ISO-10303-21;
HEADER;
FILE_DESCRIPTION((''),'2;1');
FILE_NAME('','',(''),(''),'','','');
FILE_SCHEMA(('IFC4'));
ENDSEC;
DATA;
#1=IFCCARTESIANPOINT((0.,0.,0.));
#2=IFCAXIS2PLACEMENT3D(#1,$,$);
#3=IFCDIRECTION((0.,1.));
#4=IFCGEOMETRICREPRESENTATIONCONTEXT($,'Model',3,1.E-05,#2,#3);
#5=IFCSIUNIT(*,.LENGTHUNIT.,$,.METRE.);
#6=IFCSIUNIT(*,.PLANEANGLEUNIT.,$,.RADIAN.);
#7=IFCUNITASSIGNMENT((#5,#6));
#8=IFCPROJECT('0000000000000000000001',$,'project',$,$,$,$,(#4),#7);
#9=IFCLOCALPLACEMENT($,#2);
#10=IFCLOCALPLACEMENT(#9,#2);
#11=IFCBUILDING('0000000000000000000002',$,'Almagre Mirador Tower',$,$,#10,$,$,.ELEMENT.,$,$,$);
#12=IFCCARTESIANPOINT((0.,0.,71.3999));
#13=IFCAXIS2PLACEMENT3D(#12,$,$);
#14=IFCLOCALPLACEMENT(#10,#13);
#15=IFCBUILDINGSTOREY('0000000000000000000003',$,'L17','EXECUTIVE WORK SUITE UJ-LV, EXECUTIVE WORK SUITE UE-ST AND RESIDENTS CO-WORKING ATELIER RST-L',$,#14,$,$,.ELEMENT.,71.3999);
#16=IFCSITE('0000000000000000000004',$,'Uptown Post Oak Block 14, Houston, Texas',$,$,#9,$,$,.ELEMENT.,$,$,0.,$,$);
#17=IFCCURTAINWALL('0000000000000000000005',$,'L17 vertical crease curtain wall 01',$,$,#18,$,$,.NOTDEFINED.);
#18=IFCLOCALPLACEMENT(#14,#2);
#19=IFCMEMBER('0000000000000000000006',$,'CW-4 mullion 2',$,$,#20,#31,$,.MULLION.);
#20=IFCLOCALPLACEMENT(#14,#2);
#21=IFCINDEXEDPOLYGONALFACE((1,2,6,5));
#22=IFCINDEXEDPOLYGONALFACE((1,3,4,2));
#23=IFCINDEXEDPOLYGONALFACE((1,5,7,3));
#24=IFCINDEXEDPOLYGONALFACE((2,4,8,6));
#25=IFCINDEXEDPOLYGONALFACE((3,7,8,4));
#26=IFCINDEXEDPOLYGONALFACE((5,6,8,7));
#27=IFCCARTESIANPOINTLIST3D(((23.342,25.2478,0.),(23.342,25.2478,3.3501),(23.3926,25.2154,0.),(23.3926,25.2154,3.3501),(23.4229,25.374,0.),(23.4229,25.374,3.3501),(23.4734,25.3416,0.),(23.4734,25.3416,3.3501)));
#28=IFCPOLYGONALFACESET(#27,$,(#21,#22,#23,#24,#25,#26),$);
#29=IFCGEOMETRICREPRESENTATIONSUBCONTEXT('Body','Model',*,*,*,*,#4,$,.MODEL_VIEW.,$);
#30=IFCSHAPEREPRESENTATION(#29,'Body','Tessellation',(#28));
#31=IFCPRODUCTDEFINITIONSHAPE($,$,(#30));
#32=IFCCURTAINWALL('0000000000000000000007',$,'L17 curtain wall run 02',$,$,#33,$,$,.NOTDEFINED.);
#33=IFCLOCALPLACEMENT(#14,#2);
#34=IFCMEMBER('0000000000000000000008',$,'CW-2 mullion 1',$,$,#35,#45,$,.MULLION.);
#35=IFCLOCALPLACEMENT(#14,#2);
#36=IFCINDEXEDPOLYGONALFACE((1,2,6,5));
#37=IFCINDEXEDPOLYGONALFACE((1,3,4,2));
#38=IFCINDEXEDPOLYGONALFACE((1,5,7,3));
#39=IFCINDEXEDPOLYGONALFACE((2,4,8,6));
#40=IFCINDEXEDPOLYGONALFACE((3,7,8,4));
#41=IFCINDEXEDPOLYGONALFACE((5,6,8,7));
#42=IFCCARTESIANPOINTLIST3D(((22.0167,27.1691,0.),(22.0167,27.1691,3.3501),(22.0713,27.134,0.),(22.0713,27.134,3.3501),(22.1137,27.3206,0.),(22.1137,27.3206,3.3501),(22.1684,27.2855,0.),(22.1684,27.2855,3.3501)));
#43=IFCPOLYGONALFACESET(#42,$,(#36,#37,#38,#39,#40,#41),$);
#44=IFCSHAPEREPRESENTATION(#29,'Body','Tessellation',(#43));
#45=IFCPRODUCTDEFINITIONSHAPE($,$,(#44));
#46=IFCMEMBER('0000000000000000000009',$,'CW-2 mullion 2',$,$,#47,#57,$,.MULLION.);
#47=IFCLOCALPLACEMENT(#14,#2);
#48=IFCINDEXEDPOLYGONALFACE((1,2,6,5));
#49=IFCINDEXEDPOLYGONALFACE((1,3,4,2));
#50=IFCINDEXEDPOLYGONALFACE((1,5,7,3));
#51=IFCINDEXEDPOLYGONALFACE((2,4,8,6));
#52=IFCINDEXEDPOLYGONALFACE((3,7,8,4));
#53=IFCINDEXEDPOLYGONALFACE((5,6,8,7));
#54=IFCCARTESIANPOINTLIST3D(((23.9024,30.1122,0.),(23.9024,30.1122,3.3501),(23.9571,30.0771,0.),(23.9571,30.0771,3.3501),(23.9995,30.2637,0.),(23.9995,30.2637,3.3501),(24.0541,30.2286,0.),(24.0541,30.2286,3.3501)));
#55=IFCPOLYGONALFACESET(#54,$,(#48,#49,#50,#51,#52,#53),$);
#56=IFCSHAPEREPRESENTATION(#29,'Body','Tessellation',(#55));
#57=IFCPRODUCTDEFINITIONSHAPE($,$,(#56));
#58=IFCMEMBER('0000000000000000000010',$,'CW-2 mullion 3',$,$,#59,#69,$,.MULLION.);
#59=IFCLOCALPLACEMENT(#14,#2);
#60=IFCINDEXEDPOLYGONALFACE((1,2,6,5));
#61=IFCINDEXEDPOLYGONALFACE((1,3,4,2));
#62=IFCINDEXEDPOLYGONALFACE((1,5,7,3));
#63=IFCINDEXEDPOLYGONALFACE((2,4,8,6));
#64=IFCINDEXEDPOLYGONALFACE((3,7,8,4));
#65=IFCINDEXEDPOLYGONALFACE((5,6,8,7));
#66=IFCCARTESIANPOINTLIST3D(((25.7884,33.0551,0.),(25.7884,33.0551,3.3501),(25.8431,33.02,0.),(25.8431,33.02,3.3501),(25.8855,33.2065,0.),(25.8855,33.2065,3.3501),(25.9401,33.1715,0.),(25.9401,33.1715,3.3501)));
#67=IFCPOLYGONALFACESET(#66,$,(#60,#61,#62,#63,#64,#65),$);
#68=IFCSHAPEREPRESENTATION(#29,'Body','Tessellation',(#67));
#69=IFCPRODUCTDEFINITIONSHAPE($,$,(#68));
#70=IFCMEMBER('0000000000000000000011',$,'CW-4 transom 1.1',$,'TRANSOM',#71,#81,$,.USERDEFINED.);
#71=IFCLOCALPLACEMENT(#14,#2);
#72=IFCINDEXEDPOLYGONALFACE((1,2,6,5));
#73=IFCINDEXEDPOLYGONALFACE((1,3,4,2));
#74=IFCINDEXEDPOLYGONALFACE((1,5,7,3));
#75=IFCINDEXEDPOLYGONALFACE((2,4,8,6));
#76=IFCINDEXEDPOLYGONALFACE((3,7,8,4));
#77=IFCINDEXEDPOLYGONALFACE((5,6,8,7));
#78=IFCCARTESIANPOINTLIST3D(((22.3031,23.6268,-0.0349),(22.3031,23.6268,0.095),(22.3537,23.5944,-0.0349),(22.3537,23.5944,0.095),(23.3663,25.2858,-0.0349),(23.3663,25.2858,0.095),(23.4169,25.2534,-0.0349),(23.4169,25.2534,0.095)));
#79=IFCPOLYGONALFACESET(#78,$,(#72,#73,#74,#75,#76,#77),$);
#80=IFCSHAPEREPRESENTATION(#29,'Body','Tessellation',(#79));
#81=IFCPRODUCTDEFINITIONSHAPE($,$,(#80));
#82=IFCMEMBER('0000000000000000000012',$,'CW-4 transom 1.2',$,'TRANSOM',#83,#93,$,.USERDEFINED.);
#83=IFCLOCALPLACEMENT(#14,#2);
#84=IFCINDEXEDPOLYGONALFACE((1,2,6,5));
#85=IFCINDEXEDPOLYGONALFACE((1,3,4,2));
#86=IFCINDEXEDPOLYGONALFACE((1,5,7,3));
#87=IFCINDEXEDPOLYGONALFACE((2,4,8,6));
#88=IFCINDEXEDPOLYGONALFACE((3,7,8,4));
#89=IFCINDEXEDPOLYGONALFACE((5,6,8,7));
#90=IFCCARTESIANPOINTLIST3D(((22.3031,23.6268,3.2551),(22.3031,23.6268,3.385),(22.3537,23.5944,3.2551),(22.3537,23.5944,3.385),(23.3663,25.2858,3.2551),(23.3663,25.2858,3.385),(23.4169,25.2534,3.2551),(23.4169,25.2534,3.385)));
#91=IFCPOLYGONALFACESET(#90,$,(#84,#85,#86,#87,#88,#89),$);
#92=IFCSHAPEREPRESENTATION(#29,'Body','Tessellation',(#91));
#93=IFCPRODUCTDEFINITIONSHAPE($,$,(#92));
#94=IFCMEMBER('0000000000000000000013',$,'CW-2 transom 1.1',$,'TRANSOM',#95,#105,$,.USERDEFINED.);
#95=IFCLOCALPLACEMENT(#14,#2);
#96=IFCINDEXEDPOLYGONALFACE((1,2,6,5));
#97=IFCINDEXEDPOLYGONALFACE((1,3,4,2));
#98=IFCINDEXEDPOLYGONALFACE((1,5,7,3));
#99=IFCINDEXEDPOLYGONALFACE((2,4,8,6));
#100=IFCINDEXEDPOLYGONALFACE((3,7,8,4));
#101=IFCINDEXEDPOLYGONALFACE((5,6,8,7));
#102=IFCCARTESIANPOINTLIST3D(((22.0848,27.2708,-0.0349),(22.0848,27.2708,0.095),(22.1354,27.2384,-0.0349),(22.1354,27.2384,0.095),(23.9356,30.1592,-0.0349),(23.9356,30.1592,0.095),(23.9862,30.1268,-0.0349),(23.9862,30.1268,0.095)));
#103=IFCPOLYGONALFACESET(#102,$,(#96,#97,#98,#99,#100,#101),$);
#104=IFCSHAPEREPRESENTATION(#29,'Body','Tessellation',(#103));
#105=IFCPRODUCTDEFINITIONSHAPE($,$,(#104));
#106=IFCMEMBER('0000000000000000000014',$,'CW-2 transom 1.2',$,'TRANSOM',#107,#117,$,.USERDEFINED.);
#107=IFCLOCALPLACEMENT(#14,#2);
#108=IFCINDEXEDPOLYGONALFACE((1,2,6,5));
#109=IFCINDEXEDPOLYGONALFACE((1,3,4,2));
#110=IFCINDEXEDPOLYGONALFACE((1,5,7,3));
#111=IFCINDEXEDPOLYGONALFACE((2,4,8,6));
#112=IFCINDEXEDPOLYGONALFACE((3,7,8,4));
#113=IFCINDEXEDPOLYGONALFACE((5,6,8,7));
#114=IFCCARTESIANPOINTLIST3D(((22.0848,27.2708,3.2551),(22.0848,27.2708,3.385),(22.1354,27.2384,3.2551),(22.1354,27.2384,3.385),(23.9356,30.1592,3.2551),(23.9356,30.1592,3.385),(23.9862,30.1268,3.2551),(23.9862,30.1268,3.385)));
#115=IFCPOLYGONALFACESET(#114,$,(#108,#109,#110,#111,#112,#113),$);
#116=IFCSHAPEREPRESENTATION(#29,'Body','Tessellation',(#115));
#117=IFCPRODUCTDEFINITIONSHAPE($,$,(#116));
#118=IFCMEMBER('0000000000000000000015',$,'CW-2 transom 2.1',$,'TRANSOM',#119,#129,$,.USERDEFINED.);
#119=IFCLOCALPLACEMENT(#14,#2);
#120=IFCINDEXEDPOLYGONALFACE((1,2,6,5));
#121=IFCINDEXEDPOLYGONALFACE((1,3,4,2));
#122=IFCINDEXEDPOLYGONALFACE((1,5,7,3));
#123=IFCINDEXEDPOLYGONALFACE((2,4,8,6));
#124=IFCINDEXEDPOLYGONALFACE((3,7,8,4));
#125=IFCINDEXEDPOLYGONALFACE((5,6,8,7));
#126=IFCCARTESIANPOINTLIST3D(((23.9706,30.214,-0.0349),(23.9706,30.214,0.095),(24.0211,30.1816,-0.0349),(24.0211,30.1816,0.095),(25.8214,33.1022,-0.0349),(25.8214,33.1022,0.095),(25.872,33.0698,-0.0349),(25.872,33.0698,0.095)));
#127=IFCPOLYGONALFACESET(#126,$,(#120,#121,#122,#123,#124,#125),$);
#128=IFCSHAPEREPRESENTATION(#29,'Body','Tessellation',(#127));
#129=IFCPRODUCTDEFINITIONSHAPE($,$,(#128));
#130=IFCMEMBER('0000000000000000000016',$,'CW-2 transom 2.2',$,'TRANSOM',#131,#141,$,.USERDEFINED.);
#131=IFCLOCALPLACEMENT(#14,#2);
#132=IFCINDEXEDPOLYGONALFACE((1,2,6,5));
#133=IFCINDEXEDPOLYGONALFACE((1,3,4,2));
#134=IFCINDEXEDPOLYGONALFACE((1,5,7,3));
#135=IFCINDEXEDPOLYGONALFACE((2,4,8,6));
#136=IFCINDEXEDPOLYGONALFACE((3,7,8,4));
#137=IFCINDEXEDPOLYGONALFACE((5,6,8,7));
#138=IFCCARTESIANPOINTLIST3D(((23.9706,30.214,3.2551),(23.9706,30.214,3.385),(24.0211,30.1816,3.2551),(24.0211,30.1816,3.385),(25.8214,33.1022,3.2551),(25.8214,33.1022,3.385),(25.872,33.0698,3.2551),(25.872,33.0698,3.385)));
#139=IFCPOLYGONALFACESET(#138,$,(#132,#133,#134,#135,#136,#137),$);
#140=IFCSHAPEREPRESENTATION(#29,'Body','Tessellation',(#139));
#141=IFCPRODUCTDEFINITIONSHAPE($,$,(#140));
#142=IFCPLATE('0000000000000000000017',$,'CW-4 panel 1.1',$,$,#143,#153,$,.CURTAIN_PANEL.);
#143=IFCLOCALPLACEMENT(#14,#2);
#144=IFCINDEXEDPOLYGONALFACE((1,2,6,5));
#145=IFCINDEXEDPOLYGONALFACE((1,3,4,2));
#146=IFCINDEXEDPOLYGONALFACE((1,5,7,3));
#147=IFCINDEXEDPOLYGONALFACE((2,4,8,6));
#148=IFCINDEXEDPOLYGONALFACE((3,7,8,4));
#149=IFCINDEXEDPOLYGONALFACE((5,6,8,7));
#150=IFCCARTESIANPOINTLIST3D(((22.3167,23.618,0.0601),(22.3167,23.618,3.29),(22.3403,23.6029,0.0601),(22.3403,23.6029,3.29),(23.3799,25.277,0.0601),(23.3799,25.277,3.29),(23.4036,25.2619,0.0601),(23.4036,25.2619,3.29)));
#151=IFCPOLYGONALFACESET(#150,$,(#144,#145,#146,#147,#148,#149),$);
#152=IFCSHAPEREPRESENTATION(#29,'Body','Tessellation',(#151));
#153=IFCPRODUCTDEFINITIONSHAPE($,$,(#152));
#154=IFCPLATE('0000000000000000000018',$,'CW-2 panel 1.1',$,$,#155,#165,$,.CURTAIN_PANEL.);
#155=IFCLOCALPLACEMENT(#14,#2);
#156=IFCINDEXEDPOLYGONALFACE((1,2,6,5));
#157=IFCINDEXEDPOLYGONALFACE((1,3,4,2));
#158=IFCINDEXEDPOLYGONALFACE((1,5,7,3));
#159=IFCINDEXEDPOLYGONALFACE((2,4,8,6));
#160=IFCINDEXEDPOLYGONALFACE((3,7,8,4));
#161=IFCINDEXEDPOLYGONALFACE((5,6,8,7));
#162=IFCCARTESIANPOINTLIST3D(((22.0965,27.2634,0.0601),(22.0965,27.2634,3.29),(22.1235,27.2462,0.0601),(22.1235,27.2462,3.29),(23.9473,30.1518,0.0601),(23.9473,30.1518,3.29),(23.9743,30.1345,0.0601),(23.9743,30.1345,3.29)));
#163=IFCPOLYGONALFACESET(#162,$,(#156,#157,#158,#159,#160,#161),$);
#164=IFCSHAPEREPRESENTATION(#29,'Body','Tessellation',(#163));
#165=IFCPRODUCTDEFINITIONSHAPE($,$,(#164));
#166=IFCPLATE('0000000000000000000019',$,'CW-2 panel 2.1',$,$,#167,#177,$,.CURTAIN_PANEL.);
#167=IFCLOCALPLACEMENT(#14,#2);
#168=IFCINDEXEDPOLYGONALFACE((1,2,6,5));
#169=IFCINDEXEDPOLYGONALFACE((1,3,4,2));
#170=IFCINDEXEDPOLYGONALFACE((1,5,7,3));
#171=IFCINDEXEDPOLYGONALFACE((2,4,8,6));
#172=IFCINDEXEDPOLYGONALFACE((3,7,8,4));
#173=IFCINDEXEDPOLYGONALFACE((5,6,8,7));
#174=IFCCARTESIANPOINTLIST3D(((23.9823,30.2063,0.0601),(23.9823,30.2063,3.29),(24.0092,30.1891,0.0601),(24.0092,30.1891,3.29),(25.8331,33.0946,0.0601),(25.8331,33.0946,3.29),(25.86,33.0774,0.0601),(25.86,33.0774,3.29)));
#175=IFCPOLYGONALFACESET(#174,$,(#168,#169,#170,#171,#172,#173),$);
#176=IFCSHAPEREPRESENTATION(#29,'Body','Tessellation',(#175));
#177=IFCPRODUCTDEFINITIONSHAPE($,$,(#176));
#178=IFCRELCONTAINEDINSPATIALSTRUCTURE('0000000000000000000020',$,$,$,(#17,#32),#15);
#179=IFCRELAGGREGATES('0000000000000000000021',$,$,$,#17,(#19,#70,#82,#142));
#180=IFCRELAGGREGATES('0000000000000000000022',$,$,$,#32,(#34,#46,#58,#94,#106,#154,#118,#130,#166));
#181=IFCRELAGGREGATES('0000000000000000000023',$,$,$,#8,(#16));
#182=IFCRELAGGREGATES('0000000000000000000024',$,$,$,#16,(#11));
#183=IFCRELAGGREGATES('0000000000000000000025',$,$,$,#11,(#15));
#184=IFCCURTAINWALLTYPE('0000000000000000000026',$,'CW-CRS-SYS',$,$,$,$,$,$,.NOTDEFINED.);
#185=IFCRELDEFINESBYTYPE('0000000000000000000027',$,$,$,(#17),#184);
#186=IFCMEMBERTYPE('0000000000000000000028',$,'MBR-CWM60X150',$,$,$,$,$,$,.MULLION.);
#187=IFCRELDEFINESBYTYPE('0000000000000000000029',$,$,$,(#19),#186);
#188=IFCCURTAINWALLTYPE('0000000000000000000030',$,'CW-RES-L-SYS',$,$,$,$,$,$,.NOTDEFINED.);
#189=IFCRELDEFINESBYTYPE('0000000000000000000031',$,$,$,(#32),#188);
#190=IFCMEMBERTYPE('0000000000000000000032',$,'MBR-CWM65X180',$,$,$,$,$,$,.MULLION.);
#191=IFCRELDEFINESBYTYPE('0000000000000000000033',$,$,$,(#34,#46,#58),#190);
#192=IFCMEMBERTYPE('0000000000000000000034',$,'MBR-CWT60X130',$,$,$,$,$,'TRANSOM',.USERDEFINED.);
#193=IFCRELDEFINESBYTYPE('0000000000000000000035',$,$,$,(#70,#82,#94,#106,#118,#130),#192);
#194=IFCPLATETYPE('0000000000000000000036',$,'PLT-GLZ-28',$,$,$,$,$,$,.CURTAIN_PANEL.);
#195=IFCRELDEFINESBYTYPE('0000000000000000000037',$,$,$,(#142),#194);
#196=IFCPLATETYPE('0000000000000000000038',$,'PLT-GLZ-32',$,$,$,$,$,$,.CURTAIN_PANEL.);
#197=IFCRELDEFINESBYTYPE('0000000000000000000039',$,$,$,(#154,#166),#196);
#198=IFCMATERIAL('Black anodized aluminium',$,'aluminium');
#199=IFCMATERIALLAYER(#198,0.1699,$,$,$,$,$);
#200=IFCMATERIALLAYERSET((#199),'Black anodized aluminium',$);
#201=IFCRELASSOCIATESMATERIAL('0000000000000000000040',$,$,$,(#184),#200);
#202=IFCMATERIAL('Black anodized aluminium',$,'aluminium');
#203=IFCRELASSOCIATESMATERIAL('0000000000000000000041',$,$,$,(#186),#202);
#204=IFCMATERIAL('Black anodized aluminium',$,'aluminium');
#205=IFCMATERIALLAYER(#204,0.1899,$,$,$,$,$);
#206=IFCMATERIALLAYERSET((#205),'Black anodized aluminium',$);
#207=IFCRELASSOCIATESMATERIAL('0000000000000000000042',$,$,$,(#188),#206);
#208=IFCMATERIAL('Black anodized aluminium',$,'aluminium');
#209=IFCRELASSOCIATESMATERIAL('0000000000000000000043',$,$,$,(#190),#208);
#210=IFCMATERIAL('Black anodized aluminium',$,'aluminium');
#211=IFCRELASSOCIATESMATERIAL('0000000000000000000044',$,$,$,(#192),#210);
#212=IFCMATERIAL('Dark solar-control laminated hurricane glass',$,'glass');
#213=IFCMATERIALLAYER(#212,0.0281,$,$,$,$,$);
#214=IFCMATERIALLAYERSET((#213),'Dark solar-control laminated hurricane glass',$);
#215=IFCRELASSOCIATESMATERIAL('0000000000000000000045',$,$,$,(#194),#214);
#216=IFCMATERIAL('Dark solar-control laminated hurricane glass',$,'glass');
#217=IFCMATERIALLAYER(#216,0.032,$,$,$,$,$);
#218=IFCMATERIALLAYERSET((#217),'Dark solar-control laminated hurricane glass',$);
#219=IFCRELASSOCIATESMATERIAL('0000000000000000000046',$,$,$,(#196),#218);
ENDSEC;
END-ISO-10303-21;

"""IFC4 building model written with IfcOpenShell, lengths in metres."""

from ifc_helpers import new_model, si_unit, direction, frame, origin, origin_2d, place, context, subcontext, project, spatial, rectangle, extrude, material, layer, layer_set, material_profile, profile_set, type_object, element, aggregate, save


model = new_model("IFC4")

# Units and contexts
model_context = context("Model", 3, precision=1e-05, world=origin(), true_north=direction((0.0, 1.0)))
body_context = subcontext(model_context, "Body", "Model", "MODEL_VIEW")
ifc_project = project(units=[si_unit("LENGTHUNIT", "METRE"), si_unit("PLANEANGLEUNIT", "RADIAN")], contexts=[model_context])

# Site, building, storey
site_placement = place(None, origin())
site = spatial("IfcSite", under=ifc_project, at=site_placement, Name="Uptown Post Oak Block 14, Houston, Texas", CompositionType="ELEMENT", RefElevation=0.0)
building_placement = place(site_placement, origin())
building = spatial("IfcBuilding", under=site, at=building_placement, Name="Almagre Mirador Tower", CompositionType="ELEMENT")
storey_placement = place(building_placement, frame((0.0, 0.0, 71.3999)))
storey = spatial("IfcBuildingStorey", under=building, at=storey_placement, Name="L17", Description="EXECUTIVE WORK SUITE UJ-LV, EXECUTIVE WORK SUITE UE-ST AND RESIDENTS CO-WORKING ATELIER RST-L", CompositionType="ELEMENT", Elevation=71.3999)

# Curtain walls, members
ifc_material_1 = material(Name="Black anodized aluminium", Category="aluminium")
ifc_layer_1 = layer(ifc_material_1, 0.1699)
ifc_layer_set_1 = layer_set([ifc_layer_1], Name="Black anodized aluminium")
curtain_wall_type_1 = type_object("IfcCurtainWallType", Name="CW-CRS-SYS", PredefinedType="NOTDEFINED", material=ifc_layer_set_1)
curtain_wall_1_placement = place(storey_placement, origin())
curtain_wall_1 = element("IfcCurtainWall", 1, at=curtain_wall_1_placement, inside=storey, type_object=curtain_wall_type_1, Name="L17 vertical crease curtain wall 01", PredefinedType="NOTDEFINED")
ifc_material_2 = material(Name="Black anodized aluminium", Category="aluminium")
ifc_material_profile_1 = material_profile(ifc_material_2, rectangle(XDim=0.0601, YDim=0.1499, at=origin_2d()), Name="CWM60X150")
ifc_profile_set_1 = profile_set([ifc_material_profile_1], Name="Black anodized aluminium")
member_type_1 = type_object("IfcMemberType", Name="MBR-CWM60X150", PredefinedType="MULLION", material=ifc_profile_set_1)
member_1_placement = place(storey_placement, frame((23.4077, 25.2947, 0.0), z_axis=(0.0, 0.0, 1.0), x_axis=(-0.841924, 0.539597, 0.0)))
member_1 = element("IfcMember", 2, at=member_1_placement, type_object=member_type_1, Name="CW-4 mullion 2", PredefinedType="MULLION", context=body_context, shape_type="SweptSolid", body=[
    extrude(rectangle(XDim=0.0601, YDim=0.1499, at=origin_2d()), origin(), (0.0, 0.0, 1.0), 3.3501),
])
ifc_material_3 = material(Name="Black anodized aluminium", Category="aluminium")
ifc_layer_2 = layer(ifc_material_3, 0.1899)
ifc_layer_set_2 = layer_set([ifc_layer_2], Name="Black anodized aluminium")
curtain_wall_type_2 = type_object("IfcCurtainWallType", Name="CW-RES-L-SYS", PredefinedType="NOTDEFINED", material=ifc_layer_set_2)
curtain_wall_2_placement = place(storey_placement, origin())
curtain_wall_2 = element("IfcCurtainWall", 3, at=curtain_wall_2_placement, inside=storey, type_object=curtain_wall_type_2, Name="L17 curtain wall run 02", PredefinedType="NOTDEFINED")
ifc_material_4 = material(Name="Black anodized aluminium", Category="aluminium")
ifc_material_profile_2 = material_profile(ifc_material_4, rectangle(XDim=0.0649, YDim=0.1799, at=origin_2d()), Name="CWM65X180")
ifc_profile_set_2 = profile_set([ifc_material_profile_2], Name="Black anodized aluminium")
member_type_2 = type_object("IfcMemberType", Name="MBR-CWM65X180", PredefinedType="MULLION", material=ifc_profile_set_2)
member_2_placement = place(storey_placement, frame((22.0925, 27.2273, 0.0), z_axis=(0.0, 0.0, 1.0), x_axis=(-0.841972, 0.539521, 0.0)))
member_2 = element("IfcMember", 4, at=member_2_placement, type_object=member_type_2, Name="CW-2 mullion 1", PredefinedType="MULLION", context=body_context, shape_type="SweptSolid", body=[
    extrude(rectangle(XDim=0.0649, YDim=0.1799, at=origin_2d()), origin(), (0.0, 0.0, 1.0), 3.3501),
])
member_3_placement = place(storey_placement, frame((23.9783, 30.1704, 0.0), z_axis=(0.0, 0.0, 1.0), x_axis=(-0.841972, 0.539521, 0.0)))
member_3 = element("IfcMember", 5, at=member_3_placement, type_object=member_type_2, Name="CW-2 mullion 2", PredefinedType="MULLION", context=body_context, shape_type="SweptSolid", body=[
    extrude(rectangle(XDim=0.0649, YDim=0.1799, at=origin_2d()), origin(), (0.0, 0.0, 1.0), 3.3501),
])
member_4_placement = place(storey_placement, frame((25.8643, 33.1133, 0.0), z_axis=(0.0, 0.0, 1.0), x_axis=(-0.841972, 0.539521, 0.0)))
member_4 = element("IfcMember", 6, at=member_4_placement, type_object=member_type_2, Name="CW-2 mullion 3", PredefinedType="MULLION", context=body_context, shape_type="SweptSolid", body=[
    extrude(rectangle(XDim=0.0649, YDim=0.1799, at=origin_2d()), origin(), (0.0, 0.0, 1.0), 3.3501),
])

# Members
ifc_material_5 = material(Name="Black anodized aluminium", Category="aluminium")
ifc_material_profile_3 = material_profile(ifc_material_5, rectangle(XDim=0.0601, YDim=0.1299, at=origin_2d()), Name="CWT60X130")
ifc_profile_set_3 = profile_set([ifc_material_profile_3], Name="Black anodized aluminium")
member_type_3 = type_object("IfcMemberType", Name="MBR-CWT60X130", ElementType="TRANSOM", PredefinedType="USERDEFINED", material=ifc_profile_set_3)
member_5_placement = place(storey_placement, frame((22.3284, 23.6106, 0.03), z_axis=(0.539599, 0.841922, 0.0), x_axis=(-0.841922, 0.539599, 0.0)))
member_5 = element("IfcMember", 7, at=member_5_placement, type_object=member_type_3, Name="CW-4 transom 1.1", ObjectType="TRANSOM", PredefinedType="USERDEFINED", context=body_context, shape_type="SweptSolid", body=[
    extrude(rectangle(XDim=0.0601, YDim=0.1299, at=origin_2d()), origin(), (0.0, 0.0, 1.0), 1.9705),
])
member_6_placement = place(storey_placement, frame((22.3284, 23.6106, 3.3201), z_axis=(0.539599, 0.841922, 0.0), x_axis=(-0.841922, 0.539599, 0.0)))
member_6 = element("IfcMember", 8, at=member_6_placement, type_object=member_type_3, Name="CW-4 transom 1.2", ObjectType="TRANSOM", PredefinedType="USERDEFINED", context=body_context, shape_type="SweptSolid", body=[
    extrude(rectangle(XDim=0.0601, YDim=0.1299, at=origin_2d()), origin(), (0.0, 0.0, 1.0), 1.9705),
])
member_7_placement = place(storey_placement, frame((22.1101, 27.2546, 0.03), z_axis=(0.539516, 0.841975, 0.0), x_axis=(-0.841975, 0.539516, 0.0)))
member_7 = element("IfcMember", 9, at=member_7_placement, type_object=member_type_3, Name="CW-2 transom 1.1", ObjectType="TRANSOM", PredefinedType="USERDEFINED", context=body_context, shape_type="SweptSolid", body=[
    extrude(rectangle(XDim=0.0601, YDim=0.1299, at=origin_2d()), origin(), (0.0, 0.0, 1.0), 3.4304),
])
member_8_placement = place(storey_placement, frame((22.1101, 27.2546, 3.3201), z_axis=(0.539516, 0.841975, 0.0), x_axis=(-0.841975, 0.539516, 0.0)))
member_8 = element("IfcMember", 10, at=member_8_placement, type_object=member_type_3, Name="CW-2 transom 1.2", ObjectType="TRANSOM", PredefinedType="USERDEFINED", context=body_context, shape_type="SweptSolid", body=[
    extrude(rectangle(XDim=0.0601, YDim=0.1299, at=origin_2d()), origin(), (0.0, 0.0, 1.0), 3.4304),
])
member_9_placement = place(storey_placement, frame((23.9958, 30.1978, 0.03), z_axis=(0.539548, 0.841955, 0.0), x_axis=(-0.841955, 0.539548, 0.0)))
member_9 = element("IfcMember", 11, at=member_9_placement, type_object=member_type_3, Name="CW-2 transom 2.1", ObjectType="TRANSOM", PredefinedType="USERDEFINED", context=body_context, shape_type="SweptSolid", body=[
    extrude(rectangle(XDim=0.0601, YDim=0.1299, at=origin_2d()), origin(), (0.0, 0.0, 1.0), 3.4304),
])
member_10_placement = place(storey_placement, frame((23.9958, 30.1978, 3.3201), z_axis=(0.539548, 0.841955, 0.0), x_axis=(-0.841955, 0.539548, 0.0)))
member_10 = element("IfcMember", 12, at=member_10_placement, type_object=member_type_3, Name="CW-2 transom 2.2", ObjectType="TRANSOM", PredefinedType="USERDEFINED", context=body_context, shape_type="SweptSolid", body=[
    extrude(rectangle(XDim=0.0601, YDim=0.1299, at=origin_2d()), origin(), (0.0, 0.0, 1.0), 3.4304),
])

# Plates
ifc_material_6 = material(Name="Dark solar-control laminated hurricane glass", Category="glass")
ifc_layer_3 = layer(ifc_material_6, 0.0281)
ifc_layer_set_3 = layer_set([ifc_layer_3], Name="Dark solar-control laminated hurricane glass")
plate_type_1 = type_object("IfcPlateType", Name="PLT-GLZ-28", PredefinedType="CURTAIN_PANEL", material=ifc_layer_set_3)
plate_1_placement = place(storey_placement, frame((22.8601, 24.4399, 0.0601), z_axis=(0.0, 0.0, 1.0), x_axis=(0.539597, 0.841924, 0.0)))
plate_1 = element("IfcPlate", 13, at=plate_1_placement, type_object=plate_type_1, Name="CW-4 panel 1.1", PredefinedType="CURTAIN_PANEL", context=body_context, shape_type="SweptSolid", body=[
    extrude(rectangle(XDim=1.9705, YDim=0.0281, at=origin_2d()), origin(), (0.0, 0.0, 1.0), 3.23),
])
aggregate(curtain_wall_1, [member_1, member_5, member_6, plate_1])
ifc_material_7 = material(Name="Dark solar-control laminated hurricane glass", Category="glass")
ifc_layer_4 = layer(ifc_material_7, 0.032)
ifc_layer_set_4 = layer_set([ifc_layer_4], Name="Dark solar-control laminated hurricane glass")
plate_type_2 = type_object("IfcPlateType", Name="PLT-GLZ-32", PredefinedType="CURTAIN_PANEL", material=ifc_layer_set_4)
plate_2_placement = place(storey_placement, frame((23.0354, 28.699, 0.0601), z_axis=(0.0, 0.0, 1.0), x_axis=(0.539521, 0.841972, 0.0)))
plate_2 = element("IfcPlate", 14, at=plate_2_placement, type_object=plate_type_2, Name="CW-2 panel 1.1", PredefinedType="CURTAIN_PANEL", context=body_context, shape_type="SweptSolid", body=[
    extrude(rectangle(XDim=3.4304, YDim=0.032, at=origin_2d()), origin(), (0.0, 0.0, 1.0), 3.23),
])
plate_3_placement = place(storey_placement, frame((24.9211, 31.6418, 0.0601), z_axis=(0.0, 0.0, 1.0), x_axis=(0.539521, 0.841972, 0.0)))
plate_3 = element("IfcPlate", 15, at=plate_3_placement, type_object=plate_type_2, Name="CW-2 panel 2.1", PredefinedType="CURTAIN_PANEL", context=body_context, shape_type="SweptSolid", body=[
    extrude(rectangle(XDim=3.4304, YDim=0.032, at=origin_2d()), origin(), (0.0, 0.0, 1.0), 3.23),
])
aggregate(curtain_wall_2, [member_2, member_3, member_4, member_7, member_8, plate_2, member_9, member_10, plate_3])

save(model, "model.ifc")
